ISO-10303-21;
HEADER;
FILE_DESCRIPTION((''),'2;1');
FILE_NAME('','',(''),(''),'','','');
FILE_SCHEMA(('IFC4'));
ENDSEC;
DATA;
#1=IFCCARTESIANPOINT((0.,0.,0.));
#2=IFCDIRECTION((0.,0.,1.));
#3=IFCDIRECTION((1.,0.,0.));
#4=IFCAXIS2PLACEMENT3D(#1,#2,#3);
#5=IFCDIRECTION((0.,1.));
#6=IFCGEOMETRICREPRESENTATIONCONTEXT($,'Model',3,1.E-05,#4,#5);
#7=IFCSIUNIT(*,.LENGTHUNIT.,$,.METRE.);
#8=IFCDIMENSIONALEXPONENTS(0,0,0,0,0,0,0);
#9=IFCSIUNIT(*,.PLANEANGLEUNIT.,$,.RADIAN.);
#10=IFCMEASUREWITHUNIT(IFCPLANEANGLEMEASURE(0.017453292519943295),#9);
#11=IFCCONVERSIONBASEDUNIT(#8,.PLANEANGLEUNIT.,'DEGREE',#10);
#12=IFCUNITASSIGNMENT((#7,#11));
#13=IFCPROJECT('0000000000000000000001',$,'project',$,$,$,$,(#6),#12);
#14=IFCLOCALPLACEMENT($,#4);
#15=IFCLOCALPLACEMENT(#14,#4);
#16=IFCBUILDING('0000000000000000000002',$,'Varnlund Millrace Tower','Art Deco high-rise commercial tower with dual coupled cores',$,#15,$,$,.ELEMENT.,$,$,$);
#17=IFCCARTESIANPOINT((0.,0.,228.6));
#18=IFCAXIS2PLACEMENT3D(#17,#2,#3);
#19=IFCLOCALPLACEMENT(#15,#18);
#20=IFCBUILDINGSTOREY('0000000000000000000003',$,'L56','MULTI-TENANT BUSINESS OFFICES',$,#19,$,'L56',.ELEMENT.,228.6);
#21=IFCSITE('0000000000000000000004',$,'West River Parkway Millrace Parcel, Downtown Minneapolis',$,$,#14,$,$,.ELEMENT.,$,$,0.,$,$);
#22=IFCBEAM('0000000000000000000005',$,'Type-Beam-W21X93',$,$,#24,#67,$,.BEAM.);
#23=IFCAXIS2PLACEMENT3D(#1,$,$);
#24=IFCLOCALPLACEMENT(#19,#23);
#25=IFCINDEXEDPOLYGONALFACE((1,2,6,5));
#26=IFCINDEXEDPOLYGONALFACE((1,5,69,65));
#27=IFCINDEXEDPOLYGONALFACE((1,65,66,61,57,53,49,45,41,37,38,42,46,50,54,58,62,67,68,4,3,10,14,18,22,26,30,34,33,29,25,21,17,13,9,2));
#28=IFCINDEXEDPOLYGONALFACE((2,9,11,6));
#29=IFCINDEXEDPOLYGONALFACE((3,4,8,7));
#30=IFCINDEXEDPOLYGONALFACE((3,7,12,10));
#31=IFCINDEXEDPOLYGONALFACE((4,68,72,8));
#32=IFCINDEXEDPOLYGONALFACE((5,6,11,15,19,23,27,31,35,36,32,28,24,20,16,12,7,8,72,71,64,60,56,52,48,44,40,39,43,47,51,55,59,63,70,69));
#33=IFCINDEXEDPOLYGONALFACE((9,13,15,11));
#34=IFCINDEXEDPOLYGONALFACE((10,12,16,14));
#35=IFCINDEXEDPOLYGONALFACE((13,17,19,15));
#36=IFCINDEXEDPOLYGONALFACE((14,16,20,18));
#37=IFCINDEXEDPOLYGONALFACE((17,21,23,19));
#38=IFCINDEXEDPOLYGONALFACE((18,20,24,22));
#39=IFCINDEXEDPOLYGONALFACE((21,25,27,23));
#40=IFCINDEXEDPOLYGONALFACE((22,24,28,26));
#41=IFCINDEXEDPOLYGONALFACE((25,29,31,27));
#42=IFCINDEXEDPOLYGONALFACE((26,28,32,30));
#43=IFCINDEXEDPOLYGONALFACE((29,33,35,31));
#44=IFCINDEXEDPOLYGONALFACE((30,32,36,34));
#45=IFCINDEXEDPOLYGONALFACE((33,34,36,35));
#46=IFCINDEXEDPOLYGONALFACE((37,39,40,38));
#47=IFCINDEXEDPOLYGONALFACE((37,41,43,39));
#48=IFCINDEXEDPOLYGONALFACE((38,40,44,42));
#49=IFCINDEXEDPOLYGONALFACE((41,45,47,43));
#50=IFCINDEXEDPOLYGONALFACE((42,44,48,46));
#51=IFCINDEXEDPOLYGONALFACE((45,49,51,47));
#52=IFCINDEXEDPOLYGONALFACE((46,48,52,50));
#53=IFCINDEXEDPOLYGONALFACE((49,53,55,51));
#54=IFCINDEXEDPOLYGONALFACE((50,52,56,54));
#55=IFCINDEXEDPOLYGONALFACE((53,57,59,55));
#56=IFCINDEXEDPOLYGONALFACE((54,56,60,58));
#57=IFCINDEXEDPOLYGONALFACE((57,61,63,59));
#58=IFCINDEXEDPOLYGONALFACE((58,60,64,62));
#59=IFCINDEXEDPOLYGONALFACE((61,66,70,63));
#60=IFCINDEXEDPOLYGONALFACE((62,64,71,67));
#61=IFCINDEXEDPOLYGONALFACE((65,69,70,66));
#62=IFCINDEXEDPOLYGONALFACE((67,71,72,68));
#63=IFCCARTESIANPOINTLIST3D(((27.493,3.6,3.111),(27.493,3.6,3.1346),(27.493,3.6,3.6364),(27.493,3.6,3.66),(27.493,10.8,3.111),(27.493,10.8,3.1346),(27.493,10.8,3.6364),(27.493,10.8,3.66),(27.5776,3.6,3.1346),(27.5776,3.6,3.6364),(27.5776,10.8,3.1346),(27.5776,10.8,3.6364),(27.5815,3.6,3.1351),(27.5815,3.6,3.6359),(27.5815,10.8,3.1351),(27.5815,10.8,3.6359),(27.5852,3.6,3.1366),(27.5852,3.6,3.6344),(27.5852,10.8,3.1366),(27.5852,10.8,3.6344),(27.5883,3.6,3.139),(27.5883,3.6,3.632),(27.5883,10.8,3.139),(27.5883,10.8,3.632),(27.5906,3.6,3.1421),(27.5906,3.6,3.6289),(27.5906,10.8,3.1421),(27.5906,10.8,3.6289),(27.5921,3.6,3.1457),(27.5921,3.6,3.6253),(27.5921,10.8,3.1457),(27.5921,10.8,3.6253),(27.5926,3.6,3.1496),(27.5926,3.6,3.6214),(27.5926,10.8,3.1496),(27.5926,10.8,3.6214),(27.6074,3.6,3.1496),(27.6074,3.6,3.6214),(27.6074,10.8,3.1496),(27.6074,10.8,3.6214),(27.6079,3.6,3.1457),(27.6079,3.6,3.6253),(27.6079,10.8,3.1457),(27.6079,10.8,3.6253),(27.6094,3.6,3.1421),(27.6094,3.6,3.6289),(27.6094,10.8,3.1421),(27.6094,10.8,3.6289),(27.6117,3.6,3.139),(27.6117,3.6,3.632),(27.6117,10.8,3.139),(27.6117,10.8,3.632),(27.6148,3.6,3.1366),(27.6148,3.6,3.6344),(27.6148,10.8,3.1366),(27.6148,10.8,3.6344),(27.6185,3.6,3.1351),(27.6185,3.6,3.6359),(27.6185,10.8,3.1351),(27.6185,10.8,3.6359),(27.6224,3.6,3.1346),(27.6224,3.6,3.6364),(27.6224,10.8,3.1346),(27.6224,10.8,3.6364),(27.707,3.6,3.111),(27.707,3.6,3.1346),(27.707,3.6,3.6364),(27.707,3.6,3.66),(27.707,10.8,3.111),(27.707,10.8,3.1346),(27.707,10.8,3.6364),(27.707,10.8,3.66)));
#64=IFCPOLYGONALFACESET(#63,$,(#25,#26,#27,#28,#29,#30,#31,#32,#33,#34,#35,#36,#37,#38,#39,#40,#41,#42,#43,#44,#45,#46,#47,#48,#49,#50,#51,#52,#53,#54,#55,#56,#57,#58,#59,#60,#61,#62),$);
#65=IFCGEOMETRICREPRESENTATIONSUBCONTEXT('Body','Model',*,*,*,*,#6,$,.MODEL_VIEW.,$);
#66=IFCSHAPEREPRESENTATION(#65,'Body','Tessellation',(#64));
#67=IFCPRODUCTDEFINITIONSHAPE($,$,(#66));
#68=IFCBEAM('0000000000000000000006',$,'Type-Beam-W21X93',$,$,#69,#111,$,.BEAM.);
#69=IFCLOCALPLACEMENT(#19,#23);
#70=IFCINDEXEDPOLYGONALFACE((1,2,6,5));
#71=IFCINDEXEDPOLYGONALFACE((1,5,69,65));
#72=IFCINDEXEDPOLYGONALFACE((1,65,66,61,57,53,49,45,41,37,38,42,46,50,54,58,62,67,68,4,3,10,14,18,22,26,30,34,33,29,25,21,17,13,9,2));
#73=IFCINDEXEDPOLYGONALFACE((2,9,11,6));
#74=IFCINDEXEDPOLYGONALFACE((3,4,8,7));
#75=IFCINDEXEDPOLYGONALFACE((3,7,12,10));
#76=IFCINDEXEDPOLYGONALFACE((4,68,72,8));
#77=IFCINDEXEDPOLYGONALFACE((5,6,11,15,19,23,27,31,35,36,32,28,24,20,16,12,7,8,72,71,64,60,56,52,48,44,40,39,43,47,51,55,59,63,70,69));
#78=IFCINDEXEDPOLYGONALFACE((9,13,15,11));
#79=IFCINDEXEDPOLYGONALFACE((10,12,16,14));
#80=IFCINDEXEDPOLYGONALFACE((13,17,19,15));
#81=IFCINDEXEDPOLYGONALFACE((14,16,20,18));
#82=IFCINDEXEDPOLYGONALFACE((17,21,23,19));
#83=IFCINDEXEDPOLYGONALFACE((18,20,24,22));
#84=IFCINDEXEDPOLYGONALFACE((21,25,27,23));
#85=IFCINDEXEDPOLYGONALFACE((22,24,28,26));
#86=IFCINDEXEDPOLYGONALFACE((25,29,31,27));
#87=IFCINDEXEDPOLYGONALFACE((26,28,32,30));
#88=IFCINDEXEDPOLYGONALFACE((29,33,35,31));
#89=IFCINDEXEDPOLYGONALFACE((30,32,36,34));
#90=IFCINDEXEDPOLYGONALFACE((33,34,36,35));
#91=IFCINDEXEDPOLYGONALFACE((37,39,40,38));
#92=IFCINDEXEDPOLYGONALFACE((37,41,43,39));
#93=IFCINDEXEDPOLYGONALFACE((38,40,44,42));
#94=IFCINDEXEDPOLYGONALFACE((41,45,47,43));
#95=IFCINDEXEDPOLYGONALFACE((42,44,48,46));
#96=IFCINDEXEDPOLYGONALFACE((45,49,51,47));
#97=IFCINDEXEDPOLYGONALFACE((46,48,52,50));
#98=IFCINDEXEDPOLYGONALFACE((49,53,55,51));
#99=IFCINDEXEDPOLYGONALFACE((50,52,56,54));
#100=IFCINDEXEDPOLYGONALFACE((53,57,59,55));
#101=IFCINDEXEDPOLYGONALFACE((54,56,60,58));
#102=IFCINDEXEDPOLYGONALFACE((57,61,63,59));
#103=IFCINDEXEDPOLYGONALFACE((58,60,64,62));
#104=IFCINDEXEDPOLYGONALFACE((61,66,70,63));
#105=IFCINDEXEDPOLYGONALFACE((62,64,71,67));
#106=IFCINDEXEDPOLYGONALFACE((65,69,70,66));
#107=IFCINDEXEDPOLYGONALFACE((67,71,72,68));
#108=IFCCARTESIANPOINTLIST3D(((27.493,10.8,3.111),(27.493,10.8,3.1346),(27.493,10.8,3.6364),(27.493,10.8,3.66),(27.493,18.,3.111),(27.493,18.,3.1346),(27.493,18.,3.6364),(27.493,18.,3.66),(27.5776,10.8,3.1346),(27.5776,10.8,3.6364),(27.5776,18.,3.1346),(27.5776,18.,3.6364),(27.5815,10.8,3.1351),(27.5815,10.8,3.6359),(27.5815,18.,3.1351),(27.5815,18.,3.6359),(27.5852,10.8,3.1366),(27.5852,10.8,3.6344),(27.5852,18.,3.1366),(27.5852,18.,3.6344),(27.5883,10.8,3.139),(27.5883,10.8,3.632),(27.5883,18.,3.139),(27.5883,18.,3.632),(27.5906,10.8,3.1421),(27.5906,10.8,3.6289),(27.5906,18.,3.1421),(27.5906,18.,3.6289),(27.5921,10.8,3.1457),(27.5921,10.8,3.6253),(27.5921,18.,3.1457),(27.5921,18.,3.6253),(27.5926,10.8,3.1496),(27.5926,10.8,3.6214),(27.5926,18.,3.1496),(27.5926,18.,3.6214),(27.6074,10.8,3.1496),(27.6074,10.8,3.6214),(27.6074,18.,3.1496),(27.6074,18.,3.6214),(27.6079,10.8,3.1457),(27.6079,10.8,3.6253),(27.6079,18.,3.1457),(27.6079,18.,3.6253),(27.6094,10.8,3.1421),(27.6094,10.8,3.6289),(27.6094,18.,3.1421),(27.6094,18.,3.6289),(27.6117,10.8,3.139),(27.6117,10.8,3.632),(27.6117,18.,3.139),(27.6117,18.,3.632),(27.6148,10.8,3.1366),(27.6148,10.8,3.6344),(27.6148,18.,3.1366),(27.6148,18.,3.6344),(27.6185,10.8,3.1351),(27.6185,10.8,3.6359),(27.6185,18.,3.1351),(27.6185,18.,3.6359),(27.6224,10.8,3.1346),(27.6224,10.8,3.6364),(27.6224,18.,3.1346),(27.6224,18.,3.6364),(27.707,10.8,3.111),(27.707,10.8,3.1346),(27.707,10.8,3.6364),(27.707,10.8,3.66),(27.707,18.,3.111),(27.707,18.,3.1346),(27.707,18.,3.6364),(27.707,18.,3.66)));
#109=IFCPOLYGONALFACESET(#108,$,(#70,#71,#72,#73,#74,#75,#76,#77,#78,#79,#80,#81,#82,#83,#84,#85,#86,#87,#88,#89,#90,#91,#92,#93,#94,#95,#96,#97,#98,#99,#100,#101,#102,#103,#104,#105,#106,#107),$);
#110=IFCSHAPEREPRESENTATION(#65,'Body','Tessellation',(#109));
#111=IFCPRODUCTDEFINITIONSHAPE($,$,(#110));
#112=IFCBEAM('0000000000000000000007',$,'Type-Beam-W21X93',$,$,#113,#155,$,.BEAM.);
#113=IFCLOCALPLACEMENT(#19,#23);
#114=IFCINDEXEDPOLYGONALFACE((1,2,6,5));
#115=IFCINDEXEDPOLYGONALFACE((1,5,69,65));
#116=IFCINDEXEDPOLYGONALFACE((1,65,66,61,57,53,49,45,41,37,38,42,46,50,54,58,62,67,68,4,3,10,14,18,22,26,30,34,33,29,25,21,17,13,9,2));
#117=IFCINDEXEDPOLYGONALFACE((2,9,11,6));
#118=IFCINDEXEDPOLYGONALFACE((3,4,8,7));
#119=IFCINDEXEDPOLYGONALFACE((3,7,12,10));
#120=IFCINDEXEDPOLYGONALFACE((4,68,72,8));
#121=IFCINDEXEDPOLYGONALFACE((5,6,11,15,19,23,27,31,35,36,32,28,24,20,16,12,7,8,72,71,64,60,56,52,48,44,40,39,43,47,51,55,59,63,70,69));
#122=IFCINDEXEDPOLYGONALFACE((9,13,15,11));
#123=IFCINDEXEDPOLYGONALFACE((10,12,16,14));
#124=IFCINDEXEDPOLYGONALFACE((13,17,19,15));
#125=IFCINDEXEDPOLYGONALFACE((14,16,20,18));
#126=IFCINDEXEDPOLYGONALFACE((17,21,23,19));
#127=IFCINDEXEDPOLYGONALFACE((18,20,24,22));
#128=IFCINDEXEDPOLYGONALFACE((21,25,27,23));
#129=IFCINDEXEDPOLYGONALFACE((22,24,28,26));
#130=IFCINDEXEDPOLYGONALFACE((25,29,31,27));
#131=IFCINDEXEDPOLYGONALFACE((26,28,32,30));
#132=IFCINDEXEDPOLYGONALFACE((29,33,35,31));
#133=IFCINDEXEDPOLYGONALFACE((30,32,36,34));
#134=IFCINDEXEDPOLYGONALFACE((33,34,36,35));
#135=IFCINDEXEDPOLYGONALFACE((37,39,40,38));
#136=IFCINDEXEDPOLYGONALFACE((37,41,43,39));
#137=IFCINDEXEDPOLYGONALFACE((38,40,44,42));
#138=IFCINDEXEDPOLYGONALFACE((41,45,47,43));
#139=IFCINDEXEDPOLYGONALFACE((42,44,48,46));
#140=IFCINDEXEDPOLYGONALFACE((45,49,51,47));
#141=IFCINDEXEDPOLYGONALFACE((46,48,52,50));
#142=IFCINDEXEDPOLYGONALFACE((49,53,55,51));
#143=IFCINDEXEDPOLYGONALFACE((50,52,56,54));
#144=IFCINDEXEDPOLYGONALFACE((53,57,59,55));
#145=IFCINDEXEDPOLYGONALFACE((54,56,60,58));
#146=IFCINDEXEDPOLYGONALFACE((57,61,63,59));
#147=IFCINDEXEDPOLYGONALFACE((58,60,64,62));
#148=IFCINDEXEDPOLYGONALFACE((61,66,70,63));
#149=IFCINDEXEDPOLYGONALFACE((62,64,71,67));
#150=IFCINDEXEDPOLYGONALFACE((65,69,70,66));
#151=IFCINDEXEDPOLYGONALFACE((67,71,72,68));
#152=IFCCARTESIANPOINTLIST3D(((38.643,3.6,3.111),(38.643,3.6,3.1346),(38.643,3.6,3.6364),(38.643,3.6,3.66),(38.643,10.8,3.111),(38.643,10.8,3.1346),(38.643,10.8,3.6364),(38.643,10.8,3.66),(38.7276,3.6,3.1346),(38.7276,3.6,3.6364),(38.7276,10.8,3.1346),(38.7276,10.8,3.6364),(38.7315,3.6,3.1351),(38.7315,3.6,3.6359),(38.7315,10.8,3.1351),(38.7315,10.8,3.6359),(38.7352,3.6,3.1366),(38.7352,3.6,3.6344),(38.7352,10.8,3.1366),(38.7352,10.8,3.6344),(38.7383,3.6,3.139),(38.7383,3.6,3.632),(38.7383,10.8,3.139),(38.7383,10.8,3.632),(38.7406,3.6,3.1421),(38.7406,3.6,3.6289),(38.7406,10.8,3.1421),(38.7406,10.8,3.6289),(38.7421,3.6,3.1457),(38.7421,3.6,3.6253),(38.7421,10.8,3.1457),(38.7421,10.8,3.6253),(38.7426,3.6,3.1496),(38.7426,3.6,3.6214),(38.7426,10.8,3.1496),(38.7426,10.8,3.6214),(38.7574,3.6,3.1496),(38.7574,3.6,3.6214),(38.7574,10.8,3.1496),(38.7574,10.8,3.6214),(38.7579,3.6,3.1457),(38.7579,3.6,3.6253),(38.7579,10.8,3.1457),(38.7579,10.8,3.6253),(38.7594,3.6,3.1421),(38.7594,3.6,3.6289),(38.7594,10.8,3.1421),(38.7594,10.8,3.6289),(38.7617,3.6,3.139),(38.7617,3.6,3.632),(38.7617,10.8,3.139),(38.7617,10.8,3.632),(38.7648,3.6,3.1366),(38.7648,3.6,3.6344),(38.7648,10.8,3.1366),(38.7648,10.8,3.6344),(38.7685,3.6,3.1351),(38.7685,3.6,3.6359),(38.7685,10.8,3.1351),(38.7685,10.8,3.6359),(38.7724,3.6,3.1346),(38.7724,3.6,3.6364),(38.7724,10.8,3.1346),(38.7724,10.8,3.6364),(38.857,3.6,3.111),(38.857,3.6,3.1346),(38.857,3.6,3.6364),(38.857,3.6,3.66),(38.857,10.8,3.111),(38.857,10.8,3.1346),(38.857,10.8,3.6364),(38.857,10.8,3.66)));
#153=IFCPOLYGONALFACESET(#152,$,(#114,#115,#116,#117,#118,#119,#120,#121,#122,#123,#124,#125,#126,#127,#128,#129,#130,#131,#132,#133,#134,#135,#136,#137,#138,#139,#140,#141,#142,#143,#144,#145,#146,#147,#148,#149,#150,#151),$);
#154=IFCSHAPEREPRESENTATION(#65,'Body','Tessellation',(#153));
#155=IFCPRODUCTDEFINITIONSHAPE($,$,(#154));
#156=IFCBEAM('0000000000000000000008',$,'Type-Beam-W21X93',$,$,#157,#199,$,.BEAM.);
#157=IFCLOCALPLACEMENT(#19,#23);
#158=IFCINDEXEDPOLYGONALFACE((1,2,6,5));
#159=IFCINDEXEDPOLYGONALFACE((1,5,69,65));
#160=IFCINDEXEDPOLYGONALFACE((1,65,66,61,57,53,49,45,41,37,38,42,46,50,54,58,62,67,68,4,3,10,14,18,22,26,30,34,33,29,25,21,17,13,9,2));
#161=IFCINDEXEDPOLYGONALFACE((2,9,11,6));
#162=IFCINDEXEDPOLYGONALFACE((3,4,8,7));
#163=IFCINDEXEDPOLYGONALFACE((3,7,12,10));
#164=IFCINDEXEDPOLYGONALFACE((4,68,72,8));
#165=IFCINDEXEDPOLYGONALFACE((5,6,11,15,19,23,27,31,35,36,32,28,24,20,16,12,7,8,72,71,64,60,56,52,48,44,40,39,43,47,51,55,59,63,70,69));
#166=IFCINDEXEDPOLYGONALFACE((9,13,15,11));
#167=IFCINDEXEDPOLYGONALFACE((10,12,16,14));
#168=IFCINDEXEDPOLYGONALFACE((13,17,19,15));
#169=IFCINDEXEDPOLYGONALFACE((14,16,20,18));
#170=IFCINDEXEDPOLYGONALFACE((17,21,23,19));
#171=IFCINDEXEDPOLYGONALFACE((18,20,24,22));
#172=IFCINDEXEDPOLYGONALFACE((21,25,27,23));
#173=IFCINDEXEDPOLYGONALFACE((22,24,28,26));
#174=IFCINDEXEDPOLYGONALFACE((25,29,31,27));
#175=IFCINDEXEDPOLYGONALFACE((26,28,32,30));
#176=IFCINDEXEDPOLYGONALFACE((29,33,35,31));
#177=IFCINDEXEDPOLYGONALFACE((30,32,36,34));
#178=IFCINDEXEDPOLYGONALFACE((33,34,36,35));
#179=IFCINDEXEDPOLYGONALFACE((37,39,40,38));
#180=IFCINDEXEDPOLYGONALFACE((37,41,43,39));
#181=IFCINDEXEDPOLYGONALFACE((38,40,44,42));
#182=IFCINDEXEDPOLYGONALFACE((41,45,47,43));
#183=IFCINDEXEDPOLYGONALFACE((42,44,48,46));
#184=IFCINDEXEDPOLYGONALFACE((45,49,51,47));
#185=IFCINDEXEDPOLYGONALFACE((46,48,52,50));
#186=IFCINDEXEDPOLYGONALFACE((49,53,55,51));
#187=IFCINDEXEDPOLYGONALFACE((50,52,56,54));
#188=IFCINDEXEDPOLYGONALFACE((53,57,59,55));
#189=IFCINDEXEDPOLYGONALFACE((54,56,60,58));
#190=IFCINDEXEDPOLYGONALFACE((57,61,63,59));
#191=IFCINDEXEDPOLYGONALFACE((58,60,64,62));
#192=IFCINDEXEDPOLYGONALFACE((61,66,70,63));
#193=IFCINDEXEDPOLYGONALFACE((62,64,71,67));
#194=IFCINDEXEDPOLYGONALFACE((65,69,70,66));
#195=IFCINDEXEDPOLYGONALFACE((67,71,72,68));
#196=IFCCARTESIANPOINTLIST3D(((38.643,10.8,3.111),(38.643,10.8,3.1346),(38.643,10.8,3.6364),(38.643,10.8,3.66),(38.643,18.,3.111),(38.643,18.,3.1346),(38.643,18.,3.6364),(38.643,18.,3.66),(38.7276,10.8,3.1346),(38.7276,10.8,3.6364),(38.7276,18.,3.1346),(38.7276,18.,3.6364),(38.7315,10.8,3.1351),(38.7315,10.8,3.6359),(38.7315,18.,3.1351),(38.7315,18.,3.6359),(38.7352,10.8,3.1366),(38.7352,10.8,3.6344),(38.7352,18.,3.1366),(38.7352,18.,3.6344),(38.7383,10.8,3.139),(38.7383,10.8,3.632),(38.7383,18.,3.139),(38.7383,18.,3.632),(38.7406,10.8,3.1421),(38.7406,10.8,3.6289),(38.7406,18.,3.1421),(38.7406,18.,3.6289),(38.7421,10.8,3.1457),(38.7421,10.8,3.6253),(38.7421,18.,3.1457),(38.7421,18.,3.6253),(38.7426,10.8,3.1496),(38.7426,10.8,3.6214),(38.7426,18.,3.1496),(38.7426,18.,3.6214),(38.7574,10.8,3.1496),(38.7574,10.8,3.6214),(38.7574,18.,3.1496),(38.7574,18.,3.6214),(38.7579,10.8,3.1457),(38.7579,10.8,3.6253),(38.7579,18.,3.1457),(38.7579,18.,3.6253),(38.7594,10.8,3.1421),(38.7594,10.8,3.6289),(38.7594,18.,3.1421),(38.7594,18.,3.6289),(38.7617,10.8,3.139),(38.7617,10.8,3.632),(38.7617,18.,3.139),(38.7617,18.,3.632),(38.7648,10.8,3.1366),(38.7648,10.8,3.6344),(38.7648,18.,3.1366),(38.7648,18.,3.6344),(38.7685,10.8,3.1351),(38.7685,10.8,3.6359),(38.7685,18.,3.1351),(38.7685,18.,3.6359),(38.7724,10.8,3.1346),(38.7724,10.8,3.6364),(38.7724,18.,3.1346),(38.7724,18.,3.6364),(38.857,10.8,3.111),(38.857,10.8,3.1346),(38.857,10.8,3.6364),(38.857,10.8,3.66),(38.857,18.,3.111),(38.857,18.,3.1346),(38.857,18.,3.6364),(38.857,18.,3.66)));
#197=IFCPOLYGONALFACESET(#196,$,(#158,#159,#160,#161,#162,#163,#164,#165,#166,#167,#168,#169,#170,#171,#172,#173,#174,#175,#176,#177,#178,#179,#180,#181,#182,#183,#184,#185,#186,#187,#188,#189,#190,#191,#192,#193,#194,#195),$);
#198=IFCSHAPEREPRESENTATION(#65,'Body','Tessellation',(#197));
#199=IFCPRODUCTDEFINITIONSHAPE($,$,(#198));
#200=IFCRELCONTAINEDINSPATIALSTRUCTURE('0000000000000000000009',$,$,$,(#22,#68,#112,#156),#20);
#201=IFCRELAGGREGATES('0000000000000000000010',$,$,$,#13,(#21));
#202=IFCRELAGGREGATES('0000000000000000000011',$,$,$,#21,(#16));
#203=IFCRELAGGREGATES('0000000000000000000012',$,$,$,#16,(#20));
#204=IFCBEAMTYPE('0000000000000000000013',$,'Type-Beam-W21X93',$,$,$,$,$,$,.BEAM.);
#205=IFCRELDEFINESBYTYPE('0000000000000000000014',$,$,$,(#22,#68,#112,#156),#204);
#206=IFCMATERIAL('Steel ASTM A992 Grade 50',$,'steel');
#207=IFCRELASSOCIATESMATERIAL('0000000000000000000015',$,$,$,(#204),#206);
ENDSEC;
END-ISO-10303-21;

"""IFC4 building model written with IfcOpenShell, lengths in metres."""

from ifc_helpers import new_model, entity, si_unit, converted_unit, direction, frame, origin_with_axes, origin_2d_with_axis, place, context, subcontext, project, spatial, i_section, extrude, material, material_profile, profile_set, type_object, element, save


model = new_model("IFC4")

# Units and contexts
model_context = context("Model", 3, precision=1e-05, world=origin_with_axes(), true_north=direction((0.0, 1.0)))
body_context = subcontext(model_context, "Body", "Model", "MODEL_VIEW")
ifc_project = project(units=[si_unit("LENGTHUNIT", "METRE"), converted_unit("PLANEANGLEUNIT", "DEGREE", entity("IfcPlaneAngleMeasure", 0.017453292519943295), si_unit("PLANEANGLEUNIT", "RADIAN"), dimensions=[0, 0, 0, 0, 0, 0, 0])], contexts=[model_context])

# Site, building, storey
site_placement = place(None, origin_with_axes())
site = spatial("IfcSite", under=ifc_project, at=site_placement, Name="West River Parkway Millrace Parcel, Downtown Minneapolis", CompositionType="ELEMENT", RefElevation=0.0)
building_placement = place(site_placement, origin_with_axes())
building = spatial("IfcBuilding", under=site, at=building_placement, Name="Varnlund Millrace Tower", Description="Art Deco high-rise commercial tower with dual coupled cores", CompositionType="ELEMENT")
storey_placement = place(building_placement, frame((0.0, 0.0, 228.6), z_axis=(0.0, 0.0, 1.0), x_axis=(1.0, 0.0, 0.0)))
storey = spatial("IfcBuildingStorey", under=building, at=storey_placement, Name="L56", Description="MULTI-TENANT BUSINESS OFFICES", LongName="L56", CompositionType="ELEMENT", Elevation=228.6)

# Beams
ifc_material_1 = material(Name="Steel ASTM A992 Grade 50", Category="steel")
ifc_material_profile_1 = material_profile(ifc_material_1, i_section(OverallWidth=0.214, OverallDepth=0.549, WebThickness=0.0147, FlangeThickness=0.0236, FilletRadius=0.015, at=origin_2d_with_axis()), Name="Steel ASTM A992 Grade 50")
ifc_profile_set_1 = profile_set([ifc_material_profile_1], Name="Steel ASTM A992 Grade 50")
beam_type_1 = type_object("IfcBeamType", Name="Type-Beam-W21X93", PredefinedType="BEAM", material=ifc_profile_set_1)
for number, where, z_axis, x_axis, name in (
    (1, (27.6, 3.6, 3.3855), (0.0, 1.0, 0.0), (-1.0, 0.0, 0.0), "Type-Beam-W21X93"),
    (2, (27.6, 10.8, 3.3855), (0.0, 1.0, 0.0), (-1.0, 0.0, 0.0), "Type-Beam-W21X93"),
    (3, (38.75, 3.6, 3.3855), (0.0, 1.0, 0.0), (-1.0, 0.0, 0.0), "Type-Beam-W21X93"),
    (4, (38.75, 10.8, 3.3855), (0.0, 1.0, 0.0), (-1.0, 0.0, 0.0), "Type-Beam-W21X93"),
):
    element("IfcBeam", number, at=place(storey_placement, frame(where, z_axis=z_axis, x_axis=x_axis)), inside=storey, type_object=beam_type_1, Name=name, PredefinedType="BEAM", context=body_context, shape_type="SweptSolid", body=[
        extrude(i_section(OverallWidth=0.214, OverallDepth=0.549, WebThickness=0.0147, FlangeThickness=0.0236, FilletRadius=0.015, at=origin_2d_with_axis()), origin_with_axes(), (0.0, 0.0, 1.0), 7.2),
    ])

save(model, "model.ifc")
